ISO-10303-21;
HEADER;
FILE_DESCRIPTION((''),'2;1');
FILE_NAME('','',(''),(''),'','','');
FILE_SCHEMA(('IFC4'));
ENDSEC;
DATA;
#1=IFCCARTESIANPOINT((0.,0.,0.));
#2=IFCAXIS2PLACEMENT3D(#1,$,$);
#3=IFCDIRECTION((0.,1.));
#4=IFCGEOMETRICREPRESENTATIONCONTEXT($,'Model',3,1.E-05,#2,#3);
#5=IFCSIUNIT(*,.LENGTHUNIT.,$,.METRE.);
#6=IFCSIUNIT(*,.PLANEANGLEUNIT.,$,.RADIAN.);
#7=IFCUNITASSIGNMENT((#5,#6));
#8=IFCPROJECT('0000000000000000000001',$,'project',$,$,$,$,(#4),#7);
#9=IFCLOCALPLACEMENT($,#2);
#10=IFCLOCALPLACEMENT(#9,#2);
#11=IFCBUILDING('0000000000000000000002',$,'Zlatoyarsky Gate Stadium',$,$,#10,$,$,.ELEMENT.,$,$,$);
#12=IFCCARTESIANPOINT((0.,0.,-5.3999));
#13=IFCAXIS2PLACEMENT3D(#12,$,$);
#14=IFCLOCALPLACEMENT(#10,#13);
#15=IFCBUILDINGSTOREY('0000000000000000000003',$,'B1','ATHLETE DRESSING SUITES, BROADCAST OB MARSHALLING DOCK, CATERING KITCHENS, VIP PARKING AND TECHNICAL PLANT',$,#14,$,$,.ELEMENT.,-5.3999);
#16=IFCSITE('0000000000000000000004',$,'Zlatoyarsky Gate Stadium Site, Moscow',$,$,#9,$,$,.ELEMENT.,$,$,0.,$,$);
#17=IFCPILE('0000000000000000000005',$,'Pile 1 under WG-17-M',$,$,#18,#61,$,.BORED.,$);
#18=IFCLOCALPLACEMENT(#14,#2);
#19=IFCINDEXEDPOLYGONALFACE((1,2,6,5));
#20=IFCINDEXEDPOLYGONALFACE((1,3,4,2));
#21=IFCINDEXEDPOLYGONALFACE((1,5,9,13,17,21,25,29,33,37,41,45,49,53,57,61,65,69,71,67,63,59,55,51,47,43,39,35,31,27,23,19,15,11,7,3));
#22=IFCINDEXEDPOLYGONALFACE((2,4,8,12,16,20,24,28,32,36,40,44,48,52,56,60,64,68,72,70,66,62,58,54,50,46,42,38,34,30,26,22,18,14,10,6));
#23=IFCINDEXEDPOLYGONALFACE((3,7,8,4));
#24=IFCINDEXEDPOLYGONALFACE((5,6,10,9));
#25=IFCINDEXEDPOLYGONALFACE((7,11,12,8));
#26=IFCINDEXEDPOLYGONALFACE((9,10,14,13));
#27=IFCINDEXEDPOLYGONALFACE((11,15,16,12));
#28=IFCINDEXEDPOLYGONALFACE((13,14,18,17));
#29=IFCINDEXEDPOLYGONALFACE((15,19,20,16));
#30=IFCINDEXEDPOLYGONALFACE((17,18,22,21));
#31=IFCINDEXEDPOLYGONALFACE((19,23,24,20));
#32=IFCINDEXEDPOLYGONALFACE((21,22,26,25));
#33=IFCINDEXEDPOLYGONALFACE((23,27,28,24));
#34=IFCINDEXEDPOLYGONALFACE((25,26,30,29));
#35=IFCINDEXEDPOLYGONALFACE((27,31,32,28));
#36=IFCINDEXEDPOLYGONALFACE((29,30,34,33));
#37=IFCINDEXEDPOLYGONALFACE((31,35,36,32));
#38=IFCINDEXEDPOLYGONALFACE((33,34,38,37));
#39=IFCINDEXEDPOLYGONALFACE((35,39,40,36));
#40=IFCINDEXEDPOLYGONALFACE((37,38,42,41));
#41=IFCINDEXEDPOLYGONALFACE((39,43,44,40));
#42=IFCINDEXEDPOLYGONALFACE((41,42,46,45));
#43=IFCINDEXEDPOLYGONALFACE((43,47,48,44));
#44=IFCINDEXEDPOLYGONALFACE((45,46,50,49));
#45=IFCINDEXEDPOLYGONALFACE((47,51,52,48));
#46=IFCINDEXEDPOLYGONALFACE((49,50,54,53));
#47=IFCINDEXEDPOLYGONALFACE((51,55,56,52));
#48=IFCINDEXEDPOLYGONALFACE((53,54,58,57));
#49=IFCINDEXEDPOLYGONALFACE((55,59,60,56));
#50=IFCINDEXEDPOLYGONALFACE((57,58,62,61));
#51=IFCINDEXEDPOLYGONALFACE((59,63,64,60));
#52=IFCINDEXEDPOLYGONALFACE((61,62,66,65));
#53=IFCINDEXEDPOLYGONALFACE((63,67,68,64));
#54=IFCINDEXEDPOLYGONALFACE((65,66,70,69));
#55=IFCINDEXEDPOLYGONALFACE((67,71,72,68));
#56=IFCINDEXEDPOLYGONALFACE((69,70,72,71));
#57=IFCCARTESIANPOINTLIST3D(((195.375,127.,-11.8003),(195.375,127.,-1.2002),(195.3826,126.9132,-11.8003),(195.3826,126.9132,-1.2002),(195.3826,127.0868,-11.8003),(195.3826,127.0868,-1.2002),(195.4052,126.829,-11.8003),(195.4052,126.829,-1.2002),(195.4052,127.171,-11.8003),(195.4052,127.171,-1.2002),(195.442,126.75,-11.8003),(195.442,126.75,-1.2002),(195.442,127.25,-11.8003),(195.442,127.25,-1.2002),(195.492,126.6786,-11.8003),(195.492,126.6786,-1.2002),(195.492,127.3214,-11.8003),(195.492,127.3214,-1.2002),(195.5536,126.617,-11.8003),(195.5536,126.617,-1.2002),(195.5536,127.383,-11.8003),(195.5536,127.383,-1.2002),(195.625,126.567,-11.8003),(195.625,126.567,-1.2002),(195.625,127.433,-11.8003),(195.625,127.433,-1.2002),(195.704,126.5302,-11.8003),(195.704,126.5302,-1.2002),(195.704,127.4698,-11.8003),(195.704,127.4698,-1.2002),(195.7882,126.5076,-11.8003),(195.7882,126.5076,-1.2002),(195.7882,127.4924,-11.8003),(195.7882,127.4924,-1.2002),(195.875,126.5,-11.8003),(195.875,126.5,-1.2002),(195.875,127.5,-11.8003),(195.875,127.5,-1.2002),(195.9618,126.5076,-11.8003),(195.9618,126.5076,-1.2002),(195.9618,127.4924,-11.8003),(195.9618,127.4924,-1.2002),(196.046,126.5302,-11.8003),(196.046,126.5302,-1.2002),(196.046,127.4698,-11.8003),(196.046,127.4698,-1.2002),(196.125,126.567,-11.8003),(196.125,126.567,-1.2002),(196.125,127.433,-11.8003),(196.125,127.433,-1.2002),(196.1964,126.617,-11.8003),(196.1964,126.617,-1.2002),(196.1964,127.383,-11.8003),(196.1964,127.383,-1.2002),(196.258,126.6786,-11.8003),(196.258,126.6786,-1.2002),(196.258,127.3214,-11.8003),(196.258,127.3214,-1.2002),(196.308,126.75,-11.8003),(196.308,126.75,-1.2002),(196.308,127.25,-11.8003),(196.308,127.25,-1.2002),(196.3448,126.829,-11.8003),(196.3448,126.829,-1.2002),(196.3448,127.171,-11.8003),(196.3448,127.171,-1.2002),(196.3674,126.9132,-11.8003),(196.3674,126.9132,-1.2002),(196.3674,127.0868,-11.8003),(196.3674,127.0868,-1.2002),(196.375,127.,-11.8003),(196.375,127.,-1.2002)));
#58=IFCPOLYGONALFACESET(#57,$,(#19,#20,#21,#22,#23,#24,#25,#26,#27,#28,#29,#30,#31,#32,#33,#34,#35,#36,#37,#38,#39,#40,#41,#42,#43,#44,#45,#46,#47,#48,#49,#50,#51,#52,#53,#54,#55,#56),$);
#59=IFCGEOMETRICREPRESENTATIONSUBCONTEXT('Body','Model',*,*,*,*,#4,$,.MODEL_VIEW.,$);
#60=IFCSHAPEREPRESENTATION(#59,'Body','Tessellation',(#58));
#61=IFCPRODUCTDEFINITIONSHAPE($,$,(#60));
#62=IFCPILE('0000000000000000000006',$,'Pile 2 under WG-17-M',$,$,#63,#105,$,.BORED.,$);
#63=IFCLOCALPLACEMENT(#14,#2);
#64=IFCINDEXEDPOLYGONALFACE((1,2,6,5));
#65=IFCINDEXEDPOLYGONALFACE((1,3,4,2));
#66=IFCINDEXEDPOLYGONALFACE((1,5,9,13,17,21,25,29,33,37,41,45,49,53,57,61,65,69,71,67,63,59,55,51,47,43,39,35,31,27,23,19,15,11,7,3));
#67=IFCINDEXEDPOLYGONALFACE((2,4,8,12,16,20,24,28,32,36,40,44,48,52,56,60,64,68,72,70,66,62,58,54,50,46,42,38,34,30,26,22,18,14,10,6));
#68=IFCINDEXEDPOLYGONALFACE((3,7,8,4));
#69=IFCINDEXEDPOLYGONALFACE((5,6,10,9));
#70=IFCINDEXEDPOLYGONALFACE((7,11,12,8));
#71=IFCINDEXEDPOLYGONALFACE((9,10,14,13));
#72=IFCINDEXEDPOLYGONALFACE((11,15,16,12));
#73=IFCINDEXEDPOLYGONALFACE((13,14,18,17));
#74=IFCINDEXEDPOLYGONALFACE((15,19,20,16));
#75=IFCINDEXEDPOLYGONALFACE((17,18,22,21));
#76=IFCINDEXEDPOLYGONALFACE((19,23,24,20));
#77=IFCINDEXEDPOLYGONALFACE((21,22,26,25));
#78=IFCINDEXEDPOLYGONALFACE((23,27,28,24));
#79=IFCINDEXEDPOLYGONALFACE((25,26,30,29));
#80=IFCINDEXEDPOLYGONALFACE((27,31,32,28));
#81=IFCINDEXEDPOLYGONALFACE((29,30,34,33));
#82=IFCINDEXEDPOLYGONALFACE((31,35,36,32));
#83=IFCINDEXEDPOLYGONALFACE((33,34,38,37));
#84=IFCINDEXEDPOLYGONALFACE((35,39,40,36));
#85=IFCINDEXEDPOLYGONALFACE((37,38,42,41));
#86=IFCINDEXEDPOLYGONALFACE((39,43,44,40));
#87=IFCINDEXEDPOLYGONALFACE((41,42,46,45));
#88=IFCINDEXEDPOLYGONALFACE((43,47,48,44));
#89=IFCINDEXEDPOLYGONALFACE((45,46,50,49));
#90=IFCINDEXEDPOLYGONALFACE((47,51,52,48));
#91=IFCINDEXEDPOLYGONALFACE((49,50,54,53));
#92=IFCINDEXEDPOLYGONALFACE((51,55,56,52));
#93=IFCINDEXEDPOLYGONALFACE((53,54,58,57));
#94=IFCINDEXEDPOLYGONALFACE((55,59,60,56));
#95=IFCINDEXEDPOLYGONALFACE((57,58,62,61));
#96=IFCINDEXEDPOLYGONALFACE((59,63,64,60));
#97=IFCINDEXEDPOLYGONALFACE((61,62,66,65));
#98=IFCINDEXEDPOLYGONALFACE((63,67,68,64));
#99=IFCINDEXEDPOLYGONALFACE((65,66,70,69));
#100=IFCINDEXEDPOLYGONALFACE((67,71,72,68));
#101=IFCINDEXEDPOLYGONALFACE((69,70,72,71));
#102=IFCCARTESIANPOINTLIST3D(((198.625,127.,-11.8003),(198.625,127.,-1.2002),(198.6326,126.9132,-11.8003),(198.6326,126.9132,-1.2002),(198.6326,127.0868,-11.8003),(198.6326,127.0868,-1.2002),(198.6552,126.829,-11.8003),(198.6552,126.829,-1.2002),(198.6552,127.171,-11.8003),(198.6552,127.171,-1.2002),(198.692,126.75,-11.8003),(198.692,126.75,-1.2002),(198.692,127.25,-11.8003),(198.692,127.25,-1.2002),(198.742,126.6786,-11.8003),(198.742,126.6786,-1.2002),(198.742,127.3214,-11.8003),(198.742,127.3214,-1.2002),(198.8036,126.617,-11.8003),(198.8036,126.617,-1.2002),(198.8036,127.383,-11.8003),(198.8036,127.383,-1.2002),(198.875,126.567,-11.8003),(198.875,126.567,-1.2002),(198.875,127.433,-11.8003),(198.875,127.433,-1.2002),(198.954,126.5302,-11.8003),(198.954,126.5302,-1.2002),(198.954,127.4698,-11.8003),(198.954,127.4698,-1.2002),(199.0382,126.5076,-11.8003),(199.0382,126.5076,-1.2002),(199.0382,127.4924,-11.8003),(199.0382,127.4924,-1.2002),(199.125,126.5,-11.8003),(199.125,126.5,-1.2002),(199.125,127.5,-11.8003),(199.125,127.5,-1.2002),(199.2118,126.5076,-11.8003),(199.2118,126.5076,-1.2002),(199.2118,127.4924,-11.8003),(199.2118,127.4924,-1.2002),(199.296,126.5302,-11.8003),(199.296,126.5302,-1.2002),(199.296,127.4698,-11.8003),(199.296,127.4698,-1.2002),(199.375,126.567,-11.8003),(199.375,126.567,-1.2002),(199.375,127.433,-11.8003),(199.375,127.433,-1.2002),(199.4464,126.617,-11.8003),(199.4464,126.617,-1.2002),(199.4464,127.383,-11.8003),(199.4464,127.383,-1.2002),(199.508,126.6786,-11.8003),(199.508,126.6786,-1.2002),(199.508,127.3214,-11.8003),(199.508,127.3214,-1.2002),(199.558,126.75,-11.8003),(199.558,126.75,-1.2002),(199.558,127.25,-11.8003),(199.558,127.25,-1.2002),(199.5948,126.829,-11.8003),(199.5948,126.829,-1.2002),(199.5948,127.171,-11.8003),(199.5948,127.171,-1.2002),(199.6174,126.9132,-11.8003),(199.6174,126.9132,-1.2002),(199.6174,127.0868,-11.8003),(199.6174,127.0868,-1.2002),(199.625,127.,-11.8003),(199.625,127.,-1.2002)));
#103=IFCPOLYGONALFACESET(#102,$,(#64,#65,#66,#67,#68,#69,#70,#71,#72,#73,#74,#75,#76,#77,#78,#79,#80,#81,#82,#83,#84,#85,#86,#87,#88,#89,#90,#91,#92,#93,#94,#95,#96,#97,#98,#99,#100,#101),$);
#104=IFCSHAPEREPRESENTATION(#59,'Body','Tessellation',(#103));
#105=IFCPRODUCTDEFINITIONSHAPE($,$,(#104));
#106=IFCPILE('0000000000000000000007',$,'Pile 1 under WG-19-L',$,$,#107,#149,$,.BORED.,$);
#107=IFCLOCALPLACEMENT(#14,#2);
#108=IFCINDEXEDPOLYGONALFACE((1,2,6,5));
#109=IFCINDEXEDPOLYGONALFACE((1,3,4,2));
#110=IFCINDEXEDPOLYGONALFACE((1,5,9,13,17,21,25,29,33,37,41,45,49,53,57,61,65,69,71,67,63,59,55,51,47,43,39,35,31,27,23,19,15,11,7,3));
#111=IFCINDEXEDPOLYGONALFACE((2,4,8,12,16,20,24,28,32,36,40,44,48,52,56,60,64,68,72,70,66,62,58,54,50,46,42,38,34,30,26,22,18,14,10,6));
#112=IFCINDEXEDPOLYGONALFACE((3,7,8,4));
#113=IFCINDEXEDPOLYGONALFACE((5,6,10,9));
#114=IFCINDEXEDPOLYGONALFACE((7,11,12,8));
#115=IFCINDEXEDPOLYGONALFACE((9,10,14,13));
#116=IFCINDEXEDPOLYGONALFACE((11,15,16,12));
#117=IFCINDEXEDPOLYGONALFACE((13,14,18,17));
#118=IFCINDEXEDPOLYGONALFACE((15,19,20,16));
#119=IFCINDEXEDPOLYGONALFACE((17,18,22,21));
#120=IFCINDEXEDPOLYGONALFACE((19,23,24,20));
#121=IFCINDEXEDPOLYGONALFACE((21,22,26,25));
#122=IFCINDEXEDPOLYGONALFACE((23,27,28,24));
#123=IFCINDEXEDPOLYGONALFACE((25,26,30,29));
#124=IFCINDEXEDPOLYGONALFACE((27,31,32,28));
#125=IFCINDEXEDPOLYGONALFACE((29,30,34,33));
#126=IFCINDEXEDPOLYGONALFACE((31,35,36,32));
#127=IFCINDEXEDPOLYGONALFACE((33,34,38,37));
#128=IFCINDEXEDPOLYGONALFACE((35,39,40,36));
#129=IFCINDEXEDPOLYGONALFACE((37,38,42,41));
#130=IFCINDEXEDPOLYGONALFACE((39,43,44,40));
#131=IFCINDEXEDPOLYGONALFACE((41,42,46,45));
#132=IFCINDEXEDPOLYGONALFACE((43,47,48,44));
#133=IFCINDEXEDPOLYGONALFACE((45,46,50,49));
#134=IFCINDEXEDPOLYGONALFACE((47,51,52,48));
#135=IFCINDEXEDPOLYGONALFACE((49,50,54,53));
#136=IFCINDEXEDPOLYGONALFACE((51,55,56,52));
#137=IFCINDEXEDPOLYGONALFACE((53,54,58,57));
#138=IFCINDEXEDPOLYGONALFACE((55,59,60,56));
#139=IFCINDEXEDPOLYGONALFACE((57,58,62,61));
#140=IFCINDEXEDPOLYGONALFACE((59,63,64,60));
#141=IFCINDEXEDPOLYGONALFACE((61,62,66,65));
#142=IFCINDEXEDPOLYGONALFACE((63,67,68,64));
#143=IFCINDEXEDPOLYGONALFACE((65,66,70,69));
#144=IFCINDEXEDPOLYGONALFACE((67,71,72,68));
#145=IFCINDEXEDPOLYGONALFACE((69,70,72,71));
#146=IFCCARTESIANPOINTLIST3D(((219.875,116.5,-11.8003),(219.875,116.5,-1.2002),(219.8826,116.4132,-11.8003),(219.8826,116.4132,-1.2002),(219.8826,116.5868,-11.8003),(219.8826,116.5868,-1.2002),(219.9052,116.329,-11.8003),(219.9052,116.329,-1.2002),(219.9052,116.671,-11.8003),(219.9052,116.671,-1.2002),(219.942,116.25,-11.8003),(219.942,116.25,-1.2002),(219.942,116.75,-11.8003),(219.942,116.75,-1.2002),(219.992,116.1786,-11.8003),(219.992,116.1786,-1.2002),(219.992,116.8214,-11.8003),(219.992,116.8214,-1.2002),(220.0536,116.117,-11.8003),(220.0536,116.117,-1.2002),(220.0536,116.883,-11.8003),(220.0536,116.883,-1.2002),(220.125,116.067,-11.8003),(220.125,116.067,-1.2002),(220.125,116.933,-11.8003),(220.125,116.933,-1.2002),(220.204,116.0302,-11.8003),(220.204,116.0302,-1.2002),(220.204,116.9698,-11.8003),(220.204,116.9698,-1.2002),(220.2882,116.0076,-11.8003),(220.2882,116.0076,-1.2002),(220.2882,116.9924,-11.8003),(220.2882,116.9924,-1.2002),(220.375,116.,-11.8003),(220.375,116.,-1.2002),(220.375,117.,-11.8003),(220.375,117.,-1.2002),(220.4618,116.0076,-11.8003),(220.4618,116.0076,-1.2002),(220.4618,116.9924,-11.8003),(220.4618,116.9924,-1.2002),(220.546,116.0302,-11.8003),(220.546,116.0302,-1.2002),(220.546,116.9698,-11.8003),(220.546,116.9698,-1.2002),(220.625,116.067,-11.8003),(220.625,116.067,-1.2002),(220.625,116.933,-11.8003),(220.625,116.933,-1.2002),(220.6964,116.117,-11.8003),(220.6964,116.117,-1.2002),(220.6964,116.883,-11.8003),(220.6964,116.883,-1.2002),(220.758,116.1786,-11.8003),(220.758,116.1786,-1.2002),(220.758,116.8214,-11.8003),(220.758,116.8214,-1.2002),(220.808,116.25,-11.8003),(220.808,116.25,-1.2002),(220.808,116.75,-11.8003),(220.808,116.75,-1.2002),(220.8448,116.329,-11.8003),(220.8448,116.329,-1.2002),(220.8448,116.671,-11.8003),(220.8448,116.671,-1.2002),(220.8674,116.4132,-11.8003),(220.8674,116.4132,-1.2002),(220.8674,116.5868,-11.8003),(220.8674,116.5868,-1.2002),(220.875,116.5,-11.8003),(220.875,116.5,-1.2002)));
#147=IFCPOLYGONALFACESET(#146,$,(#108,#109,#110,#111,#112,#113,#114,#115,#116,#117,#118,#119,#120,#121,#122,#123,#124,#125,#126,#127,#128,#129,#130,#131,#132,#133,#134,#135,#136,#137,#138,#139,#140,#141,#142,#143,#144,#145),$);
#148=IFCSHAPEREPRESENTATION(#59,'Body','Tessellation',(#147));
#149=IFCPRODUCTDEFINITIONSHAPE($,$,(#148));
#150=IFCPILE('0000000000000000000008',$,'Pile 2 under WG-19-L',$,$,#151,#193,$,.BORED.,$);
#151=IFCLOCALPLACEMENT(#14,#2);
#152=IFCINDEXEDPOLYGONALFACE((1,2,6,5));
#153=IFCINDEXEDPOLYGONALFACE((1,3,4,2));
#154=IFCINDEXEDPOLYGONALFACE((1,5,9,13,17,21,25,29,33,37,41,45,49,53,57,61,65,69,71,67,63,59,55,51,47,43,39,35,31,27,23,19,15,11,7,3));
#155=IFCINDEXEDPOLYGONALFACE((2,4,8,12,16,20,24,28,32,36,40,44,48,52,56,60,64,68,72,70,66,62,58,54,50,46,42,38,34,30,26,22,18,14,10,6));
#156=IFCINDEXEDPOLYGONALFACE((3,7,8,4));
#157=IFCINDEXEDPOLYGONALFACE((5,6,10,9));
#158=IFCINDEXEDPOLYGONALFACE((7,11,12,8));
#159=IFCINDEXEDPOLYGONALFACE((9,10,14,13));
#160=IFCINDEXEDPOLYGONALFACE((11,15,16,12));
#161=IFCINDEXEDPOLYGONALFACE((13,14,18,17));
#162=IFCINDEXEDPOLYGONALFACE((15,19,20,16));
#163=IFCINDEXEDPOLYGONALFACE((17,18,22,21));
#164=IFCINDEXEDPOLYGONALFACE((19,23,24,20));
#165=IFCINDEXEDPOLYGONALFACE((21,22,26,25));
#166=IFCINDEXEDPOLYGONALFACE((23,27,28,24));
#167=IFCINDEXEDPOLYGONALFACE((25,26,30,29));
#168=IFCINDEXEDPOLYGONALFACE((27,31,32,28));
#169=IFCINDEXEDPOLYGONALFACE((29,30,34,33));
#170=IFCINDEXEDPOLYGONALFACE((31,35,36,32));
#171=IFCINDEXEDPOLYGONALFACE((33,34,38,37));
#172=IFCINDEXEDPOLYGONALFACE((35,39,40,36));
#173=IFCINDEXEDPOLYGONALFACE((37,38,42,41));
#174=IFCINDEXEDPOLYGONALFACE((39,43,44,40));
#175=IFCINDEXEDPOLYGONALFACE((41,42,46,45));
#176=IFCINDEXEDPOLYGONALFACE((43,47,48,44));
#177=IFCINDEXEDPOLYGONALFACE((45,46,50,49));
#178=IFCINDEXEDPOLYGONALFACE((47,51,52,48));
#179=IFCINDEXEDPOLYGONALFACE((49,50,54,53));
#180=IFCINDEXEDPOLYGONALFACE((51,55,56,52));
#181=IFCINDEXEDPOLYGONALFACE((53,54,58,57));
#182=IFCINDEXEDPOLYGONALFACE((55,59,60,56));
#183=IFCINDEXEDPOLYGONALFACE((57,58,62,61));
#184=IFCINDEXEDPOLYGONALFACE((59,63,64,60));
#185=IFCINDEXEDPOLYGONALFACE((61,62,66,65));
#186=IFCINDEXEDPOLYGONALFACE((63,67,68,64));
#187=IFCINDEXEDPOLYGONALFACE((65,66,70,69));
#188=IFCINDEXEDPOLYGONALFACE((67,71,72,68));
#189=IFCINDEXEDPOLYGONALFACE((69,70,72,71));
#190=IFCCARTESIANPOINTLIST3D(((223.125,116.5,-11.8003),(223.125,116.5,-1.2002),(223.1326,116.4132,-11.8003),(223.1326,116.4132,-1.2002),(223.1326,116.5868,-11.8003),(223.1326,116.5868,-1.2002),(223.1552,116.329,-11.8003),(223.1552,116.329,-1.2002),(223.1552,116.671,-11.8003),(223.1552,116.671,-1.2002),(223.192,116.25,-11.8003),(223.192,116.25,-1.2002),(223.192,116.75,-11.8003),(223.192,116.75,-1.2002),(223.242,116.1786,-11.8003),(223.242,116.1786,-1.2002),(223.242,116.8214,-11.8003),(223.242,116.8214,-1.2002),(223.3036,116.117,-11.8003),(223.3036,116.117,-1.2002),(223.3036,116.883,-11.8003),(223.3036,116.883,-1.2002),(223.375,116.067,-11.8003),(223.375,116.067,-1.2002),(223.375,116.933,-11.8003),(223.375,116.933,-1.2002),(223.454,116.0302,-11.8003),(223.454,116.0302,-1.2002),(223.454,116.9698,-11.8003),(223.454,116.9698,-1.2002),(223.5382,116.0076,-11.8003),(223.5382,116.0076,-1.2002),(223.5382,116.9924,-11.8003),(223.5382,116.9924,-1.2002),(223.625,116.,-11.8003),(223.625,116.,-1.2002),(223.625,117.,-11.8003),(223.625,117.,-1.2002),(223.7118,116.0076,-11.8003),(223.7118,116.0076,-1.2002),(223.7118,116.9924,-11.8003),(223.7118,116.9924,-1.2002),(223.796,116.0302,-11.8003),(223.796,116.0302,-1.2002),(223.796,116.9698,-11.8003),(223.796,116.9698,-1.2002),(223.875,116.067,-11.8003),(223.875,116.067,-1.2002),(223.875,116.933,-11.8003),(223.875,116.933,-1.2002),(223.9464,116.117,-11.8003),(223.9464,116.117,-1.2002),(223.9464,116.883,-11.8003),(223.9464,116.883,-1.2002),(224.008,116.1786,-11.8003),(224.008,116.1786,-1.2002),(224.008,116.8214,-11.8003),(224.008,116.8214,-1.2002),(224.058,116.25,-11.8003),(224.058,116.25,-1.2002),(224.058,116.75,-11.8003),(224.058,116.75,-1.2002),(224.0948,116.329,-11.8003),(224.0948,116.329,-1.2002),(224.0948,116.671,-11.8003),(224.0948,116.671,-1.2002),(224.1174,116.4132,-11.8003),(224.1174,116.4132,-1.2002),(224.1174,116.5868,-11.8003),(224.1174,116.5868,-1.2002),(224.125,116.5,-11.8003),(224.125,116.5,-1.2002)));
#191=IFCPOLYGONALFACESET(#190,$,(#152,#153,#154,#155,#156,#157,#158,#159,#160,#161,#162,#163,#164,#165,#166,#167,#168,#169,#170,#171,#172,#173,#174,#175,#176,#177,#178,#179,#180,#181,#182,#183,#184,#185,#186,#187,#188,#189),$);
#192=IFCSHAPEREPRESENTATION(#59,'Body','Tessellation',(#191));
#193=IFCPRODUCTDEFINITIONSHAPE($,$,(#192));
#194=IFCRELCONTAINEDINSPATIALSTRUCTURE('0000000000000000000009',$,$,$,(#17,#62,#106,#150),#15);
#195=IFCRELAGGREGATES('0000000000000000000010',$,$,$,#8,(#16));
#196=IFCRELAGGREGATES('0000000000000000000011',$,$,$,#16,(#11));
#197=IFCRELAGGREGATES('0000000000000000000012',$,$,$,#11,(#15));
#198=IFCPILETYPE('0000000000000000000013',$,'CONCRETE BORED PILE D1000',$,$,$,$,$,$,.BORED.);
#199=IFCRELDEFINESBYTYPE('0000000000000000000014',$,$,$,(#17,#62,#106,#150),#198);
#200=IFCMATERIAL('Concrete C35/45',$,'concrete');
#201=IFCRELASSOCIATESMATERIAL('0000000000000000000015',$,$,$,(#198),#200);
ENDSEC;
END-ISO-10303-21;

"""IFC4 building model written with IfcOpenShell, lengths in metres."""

from ifc_helpers import new_model, si_unit, direction, frame, origin, origin_2d, place, context, subcontext, project, spatial, circle, extrude, material, material_profile, profile_set, type_object, element, save


model = new_model("IFC4")

# Units and contexts
model_context = context("Model", 3, precision=1e-05, world=origin(), true_north=direction((0.0, 1.0)))
body_context = subcontext(model_context, "Body", "Model", "MODEL_VIEW")
ifc_project = project(units=[si_unit("LENGTHUNIT", "METRE"), si_unit("PLANEANGLEUNIT", "RADIAN")], contexts=[model_context])

# Site, building, storey
site_placement = place(None, origin())
site = spatial("IfcSite", under=ifc_project, at=site_placement, Name="Zlatoyarsky Gate Stadium Site, Moscow", CompositionType="ELEMENT", RefElevation=0.0)
building_placement = place(site_placement, origin())
building = spatial("IfcBuilding", under=site, at=building_placement, Name="Zlatoyarsky Gate Stadium", CompositionType="ELEMENT")
storey_placement = place(building_placement, frame((0.0, 0.0, -5.3999)))
storey = spatial("IfcBuildingStorey", under=building, at=storey_placement, Name="B1", Description="ATHLETE DRESSING SUITES, BROADCAST OB MARSHALLING DOCK, CATERING KITCHENS, VIP PARKING AND TECHNICAL PLANT", CompositionType="ELEMENT", Elevation=-5.3999)

# Piles
ifc_material_1 = material(Name="Concrete C35/45", Category="concrete")
ifc_material_profile_1 = material_profile(ifc_material_1, circle(Radius=0.5, at=origin_2d()), Name="BORED PILE D1000")
ifc_profile_set_1 = profile_set([ifc_material_profile_1], Name="Concrete C35/45")
pile_type_1 = type_object("IfcPileType", Name="CONCRETE BORED PILE D1000", PredefinedType="BORED", material=ifc_profile_set_1)
for number, where, z_axis, x_axis, name in (
    (1, (195.875, 127.0, -1.2002), (0.0, 0.0, -1.0), (1.0, 0.0, 0.0), "Pile 1 under WG-17-M"),
    (2, (199.125, 127.0, -1.2002), (0.0, 0.0, -1.0), (1.0, 0.0, 0.0), "Pile 2 under WG-17-M"),
    (3, (220.375, 116.5, -1.2002), (0.0, 0.0, -1.0), (1.0, 0.0, 0.0), "Pile 1 under WG-19-L"),
    (4, (223.625, 116.5, -1.2002), (0.0, 0.0, -1.0), (1.0, 0.0, 0.0), "Pile 2 under WG-19-L"),
):
    element("IfcPile", number, at=place(storey_placement, frame(where, z_axis=z_axis, x_axis=x_axis)), inside=storey, type_object=pile_type_1, Name=name, PredefinedType="BORED", context=body_context, shape_type="SweptSolid", body=[
        extrude(circle(Radius=0.5, at=origin_2d()), origin(), (0.0, 0.0, 1.0), 10.6001),
    ])

save(model, "model.ifc")
